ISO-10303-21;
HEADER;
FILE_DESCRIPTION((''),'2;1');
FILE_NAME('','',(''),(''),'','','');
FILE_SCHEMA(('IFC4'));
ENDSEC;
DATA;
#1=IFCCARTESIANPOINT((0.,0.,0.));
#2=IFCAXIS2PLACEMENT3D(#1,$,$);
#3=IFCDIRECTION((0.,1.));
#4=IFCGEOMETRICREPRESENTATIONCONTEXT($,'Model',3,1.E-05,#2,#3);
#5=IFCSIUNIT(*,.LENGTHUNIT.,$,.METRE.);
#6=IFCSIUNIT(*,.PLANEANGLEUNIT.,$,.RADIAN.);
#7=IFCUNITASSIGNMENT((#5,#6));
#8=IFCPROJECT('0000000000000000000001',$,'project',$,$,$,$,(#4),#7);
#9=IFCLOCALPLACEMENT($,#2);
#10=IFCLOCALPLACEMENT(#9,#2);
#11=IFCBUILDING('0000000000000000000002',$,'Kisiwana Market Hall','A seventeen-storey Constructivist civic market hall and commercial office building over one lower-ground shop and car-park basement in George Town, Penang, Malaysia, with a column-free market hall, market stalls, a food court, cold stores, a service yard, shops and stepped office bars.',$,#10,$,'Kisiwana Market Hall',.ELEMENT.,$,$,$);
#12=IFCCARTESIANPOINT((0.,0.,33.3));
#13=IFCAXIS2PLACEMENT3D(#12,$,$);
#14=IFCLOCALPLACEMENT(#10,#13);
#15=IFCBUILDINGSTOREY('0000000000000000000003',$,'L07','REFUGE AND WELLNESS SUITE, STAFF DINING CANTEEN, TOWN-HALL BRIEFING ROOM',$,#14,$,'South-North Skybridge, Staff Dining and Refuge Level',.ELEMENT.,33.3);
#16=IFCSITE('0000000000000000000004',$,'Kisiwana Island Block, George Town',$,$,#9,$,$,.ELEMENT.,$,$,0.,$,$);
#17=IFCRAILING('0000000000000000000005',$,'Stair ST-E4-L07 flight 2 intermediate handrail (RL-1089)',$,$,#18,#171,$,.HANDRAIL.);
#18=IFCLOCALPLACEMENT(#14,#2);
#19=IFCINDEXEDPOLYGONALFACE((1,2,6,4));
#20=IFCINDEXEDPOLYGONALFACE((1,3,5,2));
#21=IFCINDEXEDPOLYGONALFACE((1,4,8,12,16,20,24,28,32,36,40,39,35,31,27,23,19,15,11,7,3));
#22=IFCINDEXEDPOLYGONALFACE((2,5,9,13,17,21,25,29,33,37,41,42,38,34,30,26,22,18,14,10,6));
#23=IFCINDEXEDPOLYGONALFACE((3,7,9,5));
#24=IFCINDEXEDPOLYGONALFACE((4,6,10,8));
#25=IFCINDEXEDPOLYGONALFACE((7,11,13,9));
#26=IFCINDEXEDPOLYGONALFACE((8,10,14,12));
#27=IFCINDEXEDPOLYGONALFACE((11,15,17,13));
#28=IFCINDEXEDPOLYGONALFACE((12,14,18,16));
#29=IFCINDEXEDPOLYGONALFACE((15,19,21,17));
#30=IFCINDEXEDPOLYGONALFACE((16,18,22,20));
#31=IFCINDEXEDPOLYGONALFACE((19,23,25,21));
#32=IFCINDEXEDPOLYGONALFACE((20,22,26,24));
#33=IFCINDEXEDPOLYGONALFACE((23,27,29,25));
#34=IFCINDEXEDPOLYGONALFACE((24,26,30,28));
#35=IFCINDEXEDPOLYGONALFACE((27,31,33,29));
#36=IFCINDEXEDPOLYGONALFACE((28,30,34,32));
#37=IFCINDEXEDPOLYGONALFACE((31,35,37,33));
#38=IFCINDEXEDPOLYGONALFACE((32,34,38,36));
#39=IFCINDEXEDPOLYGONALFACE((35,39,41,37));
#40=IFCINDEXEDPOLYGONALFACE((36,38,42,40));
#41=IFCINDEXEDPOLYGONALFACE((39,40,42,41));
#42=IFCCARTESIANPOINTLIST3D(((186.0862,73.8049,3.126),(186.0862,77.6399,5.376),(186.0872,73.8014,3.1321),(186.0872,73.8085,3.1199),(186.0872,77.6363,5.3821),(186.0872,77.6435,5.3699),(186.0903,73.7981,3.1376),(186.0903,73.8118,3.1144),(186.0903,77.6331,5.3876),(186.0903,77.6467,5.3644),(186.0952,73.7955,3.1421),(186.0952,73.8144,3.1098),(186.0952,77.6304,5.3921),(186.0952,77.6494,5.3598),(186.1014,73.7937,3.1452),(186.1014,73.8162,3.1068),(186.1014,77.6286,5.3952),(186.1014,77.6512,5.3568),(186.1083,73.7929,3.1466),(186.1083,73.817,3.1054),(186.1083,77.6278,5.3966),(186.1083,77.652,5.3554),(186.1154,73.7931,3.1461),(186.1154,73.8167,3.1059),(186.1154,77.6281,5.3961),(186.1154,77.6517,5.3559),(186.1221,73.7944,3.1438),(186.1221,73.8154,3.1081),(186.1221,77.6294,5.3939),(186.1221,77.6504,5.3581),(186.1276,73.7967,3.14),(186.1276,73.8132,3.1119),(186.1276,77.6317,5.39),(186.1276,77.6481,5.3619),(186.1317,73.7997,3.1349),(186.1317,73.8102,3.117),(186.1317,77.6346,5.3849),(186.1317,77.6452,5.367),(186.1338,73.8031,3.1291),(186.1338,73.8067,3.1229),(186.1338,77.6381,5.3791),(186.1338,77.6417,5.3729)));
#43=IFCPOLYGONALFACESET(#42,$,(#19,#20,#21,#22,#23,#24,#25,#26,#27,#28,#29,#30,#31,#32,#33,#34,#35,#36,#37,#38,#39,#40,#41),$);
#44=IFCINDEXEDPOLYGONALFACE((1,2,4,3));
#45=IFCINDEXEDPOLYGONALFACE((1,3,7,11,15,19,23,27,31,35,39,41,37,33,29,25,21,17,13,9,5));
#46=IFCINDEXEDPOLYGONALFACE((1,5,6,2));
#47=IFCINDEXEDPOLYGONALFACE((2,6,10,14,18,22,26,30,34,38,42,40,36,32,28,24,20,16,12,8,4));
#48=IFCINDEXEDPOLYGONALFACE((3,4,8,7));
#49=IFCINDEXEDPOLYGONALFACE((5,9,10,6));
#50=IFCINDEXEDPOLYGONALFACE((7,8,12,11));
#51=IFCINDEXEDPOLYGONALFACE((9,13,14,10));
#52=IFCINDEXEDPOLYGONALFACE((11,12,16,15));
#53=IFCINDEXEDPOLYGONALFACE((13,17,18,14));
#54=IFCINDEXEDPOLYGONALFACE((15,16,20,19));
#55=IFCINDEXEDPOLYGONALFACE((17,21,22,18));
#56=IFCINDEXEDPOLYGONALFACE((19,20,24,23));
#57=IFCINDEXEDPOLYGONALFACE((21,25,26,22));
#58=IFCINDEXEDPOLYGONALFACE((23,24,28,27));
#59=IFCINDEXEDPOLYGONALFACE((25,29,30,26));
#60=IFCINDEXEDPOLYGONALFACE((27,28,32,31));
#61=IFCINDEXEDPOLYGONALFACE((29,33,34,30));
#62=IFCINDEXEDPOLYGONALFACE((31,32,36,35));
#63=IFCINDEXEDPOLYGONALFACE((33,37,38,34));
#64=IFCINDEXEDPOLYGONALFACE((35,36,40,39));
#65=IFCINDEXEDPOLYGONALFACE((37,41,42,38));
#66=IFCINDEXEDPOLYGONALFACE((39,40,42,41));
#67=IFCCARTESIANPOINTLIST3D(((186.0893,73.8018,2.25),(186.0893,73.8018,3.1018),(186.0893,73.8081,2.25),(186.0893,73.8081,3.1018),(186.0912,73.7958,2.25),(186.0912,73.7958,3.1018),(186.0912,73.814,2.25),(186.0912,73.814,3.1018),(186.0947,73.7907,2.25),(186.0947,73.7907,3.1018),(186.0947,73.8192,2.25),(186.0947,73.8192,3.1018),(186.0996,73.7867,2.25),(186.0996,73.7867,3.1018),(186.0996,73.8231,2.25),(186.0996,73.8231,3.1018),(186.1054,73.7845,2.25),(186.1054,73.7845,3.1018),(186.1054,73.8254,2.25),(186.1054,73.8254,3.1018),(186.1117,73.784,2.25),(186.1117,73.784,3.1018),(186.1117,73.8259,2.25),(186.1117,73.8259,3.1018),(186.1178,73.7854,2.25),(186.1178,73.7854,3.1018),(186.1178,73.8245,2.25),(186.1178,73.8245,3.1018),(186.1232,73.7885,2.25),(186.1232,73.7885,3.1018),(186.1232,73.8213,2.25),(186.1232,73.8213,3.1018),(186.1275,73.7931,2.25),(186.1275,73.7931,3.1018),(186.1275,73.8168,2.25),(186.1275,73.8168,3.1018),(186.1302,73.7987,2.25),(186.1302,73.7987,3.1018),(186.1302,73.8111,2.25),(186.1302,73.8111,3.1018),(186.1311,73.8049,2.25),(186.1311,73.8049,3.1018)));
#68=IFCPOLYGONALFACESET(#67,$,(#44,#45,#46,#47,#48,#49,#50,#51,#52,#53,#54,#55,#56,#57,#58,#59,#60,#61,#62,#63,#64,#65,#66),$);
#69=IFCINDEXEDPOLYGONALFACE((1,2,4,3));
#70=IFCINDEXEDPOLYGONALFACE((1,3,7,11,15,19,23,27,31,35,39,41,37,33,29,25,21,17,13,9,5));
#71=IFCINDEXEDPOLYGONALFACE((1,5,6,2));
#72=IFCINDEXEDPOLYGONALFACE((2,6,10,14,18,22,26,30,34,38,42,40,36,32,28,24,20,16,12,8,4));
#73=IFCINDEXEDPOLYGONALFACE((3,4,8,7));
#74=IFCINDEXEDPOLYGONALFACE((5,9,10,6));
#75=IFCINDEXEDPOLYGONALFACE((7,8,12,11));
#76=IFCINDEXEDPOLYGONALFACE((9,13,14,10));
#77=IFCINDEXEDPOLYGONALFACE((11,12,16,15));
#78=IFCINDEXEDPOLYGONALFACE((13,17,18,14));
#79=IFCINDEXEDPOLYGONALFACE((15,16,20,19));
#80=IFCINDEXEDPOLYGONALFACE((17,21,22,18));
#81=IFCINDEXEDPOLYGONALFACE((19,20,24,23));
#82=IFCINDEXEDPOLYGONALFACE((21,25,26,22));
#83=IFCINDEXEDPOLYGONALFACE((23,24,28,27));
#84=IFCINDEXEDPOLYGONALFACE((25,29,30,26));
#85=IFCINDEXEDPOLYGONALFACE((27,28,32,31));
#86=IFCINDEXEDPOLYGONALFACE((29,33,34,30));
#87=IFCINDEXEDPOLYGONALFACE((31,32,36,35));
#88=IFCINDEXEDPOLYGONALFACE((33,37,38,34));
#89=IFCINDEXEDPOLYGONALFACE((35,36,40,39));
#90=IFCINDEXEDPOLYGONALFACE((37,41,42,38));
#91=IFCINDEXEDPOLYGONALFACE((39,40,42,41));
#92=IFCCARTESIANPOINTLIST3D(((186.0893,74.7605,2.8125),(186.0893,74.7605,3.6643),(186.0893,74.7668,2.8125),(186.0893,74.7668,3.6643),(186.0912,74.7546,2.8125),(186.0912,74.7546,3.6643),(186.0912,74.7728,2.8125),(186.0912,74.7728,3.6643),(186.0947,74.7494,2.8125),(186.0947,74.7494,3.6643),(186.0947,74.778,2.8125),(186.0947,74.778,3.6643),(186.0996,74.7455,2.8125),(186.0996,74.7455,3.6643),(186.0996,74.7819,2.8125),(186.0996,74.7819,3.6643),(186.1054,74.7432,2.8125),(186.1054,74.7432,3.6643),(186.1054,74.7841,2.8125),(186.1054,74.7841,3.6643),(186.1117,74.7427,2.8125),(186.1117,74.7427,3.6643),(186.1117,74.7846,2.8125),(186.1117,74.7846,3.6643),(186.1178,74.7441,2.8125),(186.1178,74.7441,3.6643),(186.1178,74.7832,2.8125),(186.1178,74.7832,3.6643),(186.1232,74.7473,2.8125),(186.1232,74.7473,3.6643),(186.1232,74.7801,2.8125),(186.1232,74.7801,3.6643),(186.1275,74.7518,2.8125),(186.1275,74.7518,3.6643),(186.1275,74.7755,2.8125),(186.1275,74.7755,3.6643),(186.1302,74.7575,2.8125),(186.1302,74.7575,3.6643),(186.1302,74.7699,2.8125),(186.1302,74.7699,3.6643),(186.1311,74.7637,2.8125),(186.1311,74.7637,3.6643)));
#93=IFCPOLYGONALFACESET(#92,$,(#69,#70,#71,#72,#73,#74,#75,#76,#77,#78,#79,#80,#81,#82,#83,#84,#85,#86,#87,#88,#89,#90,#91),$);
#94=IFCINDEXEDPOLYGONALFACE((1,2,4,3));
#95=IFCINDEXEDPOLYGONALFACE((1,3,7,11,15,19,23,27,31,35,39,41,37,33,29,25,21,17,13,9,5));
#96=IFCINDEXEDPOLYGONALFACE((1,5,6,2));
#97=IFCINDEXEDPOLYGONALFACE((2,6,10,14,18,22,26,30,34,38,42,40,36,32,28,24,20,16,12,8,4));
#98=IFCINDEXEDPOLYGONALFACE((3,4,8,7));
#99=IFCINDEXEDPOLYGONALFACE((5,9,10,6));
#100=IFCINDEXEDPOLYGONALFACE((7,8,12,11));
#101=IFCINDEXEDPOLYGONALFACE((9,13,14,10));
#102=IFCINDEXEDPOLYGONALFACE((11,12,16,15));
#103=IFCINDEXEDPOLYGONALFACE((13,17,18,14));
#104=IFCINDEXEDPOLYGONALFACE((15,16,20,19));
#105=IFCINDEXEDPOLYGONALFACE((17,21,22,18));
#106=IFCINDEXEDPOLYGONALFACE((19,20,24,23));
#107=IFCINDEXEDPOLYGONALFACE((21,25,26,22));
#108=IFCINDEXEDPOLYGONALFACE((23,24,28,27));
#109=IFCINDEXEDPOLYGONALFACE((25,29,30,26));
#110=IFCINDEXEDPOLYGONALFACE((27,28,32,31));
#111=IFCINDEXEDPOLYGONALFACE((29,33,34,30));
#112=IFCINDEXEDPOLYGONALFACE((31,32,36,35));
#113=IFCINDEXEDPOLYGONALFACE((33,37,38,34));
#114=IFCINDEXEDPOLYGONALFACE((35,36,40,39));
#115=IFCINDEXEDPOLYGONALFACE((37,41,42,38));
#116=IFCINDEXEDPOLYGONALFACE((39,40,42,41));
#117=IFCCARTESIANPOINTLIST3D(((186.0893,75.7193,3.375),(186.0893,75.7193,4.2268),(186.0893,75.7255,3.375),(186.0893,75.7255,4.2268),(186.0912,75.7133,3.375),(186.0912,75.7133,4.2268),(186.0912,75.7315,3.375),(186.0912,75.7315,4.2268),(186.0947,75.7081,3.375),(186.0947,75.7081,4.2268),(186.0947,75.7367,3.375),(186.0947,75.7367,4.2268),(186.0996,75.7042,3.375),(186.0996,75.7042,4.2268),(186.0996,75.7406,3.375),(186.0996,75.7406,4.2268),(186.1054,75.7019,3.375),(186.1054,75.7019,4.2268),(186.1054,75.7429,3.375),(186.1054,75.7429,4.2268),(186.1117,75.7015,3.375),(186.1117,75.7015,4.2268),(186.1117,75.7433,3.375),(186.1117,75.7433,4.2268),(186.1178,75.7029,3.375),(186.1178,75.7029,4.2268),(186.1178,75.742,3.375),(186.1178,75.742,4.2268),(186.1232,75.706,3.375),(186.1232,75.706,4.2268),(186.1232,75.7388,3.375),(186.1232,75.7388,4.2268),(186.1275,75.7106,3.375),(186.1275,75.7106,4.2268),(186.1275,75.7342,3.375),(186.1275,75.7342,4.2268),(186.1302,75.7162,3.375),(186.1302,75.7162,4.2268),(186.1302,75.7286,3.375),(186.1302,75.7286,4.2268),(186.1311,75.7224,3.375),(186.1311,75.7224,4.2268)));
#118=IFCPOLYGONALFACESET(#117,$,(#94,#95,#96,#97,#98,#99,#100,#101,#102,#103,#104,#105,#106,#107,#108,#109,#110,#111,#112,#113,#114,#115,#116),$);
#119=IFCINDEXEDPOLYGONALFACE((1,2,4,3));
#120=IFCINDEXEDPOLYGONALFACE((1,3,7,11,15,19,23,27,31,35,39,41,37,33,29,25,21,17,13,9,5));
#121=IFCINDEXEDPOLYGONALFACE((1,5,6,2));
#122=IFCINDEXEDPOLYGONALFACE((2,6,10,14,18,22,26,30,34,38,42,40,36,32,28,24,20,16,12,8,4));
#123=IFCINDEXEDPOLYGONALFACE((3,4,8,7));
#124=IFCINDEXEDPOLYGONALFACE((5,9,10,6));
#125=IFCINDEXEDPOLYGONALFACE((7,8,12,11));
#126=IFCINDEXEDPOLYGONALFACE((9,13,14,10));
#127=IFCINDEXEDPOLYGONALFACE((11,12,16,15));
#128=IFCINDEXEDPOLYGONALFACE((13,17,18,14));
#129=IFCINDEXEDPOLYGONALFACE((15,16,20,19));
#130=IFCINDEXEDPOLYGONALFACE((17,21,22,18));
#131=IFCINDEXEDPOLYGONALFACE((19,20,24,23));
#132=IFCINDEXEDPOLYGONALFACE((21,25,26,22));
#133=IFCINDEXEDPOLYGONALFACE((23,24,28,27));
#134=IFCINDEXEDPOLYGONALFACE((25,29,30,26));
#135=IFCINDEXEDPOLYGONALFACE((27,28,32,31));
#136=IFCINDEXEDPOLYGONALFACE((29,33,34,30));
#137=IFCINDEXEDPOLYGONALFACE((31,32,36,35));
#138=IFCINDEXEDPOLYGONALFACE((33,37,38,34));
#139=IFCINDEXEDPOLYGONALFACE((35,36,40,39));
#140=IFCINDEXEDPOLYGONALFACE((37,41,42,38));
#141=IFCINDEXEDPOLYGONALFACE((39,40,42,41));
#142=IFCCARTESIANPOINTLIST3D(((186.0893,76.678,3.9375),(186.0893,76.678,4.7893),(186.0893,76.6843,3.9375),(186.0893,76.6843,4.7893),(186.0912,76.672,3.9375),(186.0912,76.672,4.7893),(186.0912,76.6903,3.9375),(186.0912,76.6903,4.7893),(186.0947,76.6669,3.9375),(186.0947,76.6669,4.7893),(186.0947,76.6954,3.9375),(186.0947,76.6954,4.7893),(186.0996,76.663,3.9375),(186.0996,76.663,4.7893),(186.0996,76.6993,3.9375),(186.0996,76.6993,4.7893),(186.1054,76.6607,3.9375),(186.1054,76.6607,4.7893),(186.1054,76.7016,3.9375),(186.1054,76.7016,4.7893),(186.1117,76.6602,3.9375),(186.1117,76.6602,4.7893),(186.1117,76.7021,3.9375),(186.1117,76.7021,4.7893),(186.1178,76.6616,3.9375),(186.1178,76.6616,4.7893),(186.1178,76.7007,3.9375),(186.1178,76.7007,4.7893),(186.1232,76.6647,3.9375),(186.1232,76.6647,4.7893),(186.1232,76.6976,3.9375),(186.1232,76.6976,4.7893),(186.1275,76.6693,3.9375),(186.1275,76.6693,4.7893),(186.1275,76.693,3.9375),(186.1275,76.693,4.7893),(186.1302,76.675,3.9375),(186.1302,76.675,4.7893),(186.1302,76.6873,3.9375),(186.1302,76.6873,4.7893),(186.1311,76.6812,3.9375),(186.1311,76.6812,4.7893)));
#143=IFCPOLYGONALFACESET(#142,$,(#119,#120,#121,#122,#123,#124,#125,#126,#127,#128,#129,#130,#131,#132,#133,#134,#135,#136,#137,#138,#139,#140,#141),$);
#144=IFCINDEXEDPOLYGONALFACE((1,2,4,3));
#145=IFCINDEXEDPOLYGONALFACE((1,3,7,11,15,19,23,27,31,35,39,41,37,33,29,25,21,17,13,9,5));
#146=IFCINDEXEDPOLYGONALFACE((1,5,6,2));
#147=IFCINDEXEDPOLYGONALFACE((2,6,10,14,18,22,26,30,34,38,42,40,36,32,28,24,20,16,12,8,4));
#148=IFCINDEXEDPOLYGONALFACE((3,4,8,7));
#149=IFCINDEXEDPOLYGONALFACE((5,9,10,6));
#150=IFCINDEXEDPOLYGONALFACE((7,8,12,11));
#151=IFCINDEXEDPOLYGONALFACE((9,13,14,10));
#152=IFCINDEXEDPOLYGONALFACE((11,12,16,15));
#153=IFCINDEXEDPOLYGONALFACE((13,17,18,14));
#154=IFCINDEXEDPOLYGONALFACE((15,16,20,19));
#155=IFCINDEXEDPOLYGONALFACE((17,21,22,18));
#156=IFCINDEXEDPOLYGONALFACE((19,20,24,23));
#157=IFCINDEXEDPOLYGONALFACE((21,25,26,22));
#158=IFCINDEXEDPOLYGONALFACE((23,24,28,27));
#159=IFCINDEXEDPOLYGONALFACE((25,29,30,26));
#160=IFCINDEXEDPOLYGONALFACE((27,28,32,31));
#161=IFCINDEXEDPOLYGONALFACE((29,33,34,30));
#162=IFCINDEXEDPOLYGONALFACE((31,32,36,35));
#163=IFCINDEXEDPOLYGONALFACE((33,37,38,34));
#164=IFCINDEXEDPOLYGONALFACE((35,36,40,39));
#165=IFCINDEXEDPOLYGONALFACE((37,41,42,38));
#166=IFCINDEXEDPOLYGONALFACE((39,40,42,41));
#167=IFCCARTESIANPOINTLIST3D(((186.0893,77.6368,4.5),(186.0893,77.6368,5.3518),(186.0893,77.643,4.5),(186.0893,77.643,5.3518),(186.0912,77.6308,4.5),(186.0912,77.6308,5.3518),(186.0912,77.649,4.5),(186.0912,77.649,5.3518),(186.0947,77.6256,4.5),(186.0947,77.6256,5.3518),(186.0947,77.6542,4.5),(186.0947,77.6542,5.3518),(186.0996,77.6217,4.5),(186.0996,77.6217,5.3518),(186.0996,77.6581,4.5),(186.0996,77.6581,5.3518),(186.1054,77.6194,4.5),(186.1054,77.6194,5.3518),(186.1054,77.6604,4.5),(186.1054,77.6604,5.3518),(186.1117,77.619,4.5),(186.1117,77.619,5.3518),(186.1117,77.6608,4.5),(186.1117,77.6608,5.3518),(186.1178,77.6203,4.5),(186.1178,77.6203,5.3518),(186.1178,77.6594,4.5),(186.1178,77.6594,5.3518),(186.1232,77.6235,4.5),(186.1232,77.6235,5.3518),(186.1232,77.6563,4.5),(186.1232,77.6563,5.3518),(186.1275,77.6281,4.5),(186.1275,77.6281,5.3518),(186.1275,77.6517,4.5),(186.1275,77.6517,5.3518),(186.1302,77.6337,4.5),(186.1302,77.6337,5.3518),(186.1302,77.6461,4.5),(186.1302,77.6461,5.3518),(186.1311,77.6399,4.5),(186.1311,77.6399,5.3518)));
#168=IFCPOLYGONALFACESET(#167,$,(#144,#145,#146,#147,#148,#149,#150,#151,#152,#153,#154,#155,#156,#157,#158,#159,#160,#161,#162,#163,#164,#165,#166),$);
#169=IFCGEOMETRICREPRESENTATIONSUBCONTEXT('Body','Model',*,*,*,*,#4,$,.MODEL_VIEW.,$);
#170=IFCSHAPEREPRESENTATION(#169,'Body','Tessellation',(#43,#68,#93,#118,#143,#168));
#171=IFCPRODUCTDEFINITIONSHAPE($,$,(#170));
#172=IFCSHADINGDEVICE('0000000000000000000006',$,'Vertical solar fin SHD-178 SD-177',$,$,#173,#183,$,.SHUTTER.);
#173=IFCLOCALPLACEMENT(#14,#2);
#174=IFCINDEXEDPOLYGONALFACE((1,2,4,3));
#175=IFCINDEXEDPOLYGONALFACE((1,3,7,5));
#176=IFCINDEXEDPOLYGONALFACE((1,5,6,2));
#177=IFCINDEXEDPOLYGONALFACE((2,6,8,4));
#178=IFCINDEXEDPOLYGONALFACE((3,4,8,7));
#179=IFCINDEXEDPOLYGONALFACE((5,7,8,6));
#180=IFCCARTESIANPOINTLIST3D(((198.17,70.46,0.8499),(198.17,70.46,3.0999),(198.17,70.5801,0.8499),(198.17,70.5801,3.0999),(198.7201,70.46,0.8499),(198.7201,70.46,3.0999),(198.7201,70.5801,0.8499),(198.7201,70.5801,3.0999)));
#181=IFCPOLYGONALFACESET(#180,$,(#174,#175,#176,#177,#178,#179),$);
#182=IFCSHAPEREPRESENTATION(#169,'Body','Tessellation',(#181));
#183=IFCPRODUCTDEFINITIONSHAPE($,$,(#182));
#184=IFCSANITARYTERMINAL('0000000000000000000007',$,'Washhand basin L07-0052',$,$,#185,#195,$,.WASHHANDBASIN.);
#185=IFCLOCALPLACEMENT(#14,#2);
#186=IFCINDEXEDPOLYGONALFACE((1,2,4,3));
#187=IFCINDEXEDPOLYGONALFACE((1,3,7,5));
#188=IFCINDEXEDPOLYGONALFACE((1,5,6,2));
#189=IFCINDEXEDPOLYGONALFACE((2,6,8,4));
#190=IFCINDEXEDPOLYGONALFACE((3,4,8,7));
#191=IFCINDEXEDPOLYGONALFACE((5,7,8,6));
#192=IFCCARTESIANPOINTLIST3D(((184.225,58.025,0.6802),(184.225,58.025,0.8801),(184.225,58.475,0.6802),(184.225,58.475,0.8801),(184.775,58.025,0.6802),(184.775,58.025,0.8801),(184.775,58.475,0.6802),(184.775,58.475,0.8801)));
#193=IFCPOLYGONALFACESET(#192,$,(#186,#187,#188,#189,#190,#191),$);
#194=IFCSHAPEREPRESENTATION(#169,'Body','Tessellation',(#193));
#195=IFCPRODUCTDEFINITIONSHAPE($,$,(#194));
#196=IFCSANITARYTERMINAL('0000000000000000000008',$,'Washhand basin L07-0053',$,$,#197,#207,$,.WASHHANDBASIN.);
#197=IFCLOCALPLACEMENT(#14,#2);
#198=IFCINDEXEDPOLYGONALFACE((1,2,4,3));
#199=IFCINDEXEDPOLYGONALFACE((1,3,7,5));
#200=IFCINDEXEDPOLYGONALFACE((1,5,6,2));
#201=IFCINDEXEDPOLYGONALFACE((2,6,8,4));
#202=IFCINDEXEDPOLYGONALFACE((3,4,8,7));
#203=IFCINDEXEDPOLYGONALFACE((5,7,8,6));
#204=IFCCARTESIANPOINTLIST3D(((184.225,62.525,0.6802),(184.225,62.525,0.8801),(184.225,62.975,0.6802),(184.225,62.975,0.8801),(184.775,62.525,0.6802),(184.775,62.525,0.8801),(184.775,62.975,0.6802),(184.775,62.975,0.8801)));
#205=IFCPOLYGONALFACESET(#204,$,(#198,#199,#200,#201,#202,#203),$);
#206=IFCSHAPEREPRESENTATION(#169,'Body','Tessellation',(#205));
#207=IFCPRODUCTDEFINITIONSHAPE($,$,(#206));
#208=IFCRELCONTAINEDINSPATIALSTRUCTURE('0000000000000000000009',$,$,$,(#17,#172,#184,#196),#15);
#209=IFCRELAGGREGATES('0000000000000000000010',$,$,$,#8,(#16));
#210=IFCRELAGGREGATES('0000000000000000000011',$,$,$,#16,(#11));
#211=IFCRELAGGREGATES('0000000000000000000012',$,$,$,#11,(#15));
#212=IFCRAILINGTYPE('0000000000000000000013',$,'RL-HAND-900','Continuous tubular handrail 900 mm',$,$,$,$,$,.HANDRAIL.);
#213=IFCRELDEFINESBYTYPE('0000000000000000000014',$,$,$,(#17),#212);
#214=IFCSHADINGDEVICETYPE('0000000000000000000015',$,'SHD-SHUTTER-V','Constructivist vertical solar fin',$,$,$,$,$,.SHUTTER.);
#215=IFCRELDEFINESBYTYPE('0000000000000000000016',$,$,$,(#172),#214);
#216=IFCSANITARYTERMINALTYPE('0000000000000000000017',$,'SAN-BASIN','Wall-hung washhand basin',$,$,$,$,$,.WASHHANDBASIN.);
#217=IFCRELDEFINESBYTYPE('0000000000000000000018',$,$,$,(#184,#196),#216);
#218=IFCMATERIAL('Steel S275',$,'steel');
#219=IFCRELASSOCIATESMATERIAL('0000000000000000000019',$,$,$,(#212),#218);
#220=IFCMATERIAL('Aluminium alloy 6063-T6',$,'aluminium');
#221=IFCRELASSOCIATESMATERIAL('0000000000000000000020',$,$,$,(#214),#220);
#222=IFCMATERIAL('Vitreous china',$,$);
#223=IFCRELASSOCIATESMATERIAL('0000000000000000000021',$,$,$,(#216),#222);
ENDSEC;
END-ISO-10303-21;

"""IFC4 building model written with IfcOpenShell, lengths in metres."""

from ifc_helpers import new_model, si_unit, direction, frame, origin, origin_2d, place, context, subcontext, project, spatial, rectangle, circle, extrude, material, type_object, element, save


model = new_model("IFC4")

# Units and contexts
model_context = context("Model", 3, precision=1e-05, world=origin(), true_north=direction((0.0, 1.0)))
body_context = subcontext(model_context, "Body", "Model", "MODEL_VIEW")
ifc_project = project(units=[si_unit("LENGTHUNIT", "METRE"), si_unit("PLANEANGLEUNIT", "RADIAN")], contexts=[model_context])

# Site, building, storey
site_placement = place(None, origin())
site = spatial("IfcSite", under=ifc_project, at=site_placement, Name="Kisiwana Island Block, George Town", CompositionType="ELEMENT", RefElevation=0.0)
building_placement = place(site_placement, origin())
building = spatial("IfcBuilding", under=site, at=building_placement, Name="Kisiwana Market Hall", Description="A seventeen-storey Constructivist civic market hall and commercial office building over one lower-ground shop and car-park basement in George Town, Penang, Malaysia, with a column-free market hall, market stalls, a food court, cold stores, a service yard, shops and stepped office bars.", LongName="Kisiwana Market Hall", CompositionType="ELEMENT")
storey_placement = place(building_placement, frame((0.0, 0.0, 33.3)))
storey = spatial("IfcBuildingStorey", under=building, at=storey_placement, Name="L07", Description="REFUGE AND WELLNESS SUITE, STAFF DINING CANTEEN, TOWN-HALL BRIEFING ROOM", LongName="South-North Skybridge, Staff Dining and Refuge Level", CompositionType="ELEMENT", Elevation=33.3)

# Railing
ifc_material_1 = material(Name="Steel S275", Category="steel")
railing_type_1 = type_object("IfcRailingType", Name="RL-HAND-900", Description="Continuous tubular handrail 900 mm", PredefinedType="HANDRAIL", material=ifc_material_1)
railing_1_placement = place(storey_placement, frame((186.1101, 73.8049, 2.25)))
element("IfcRailing", 1, at=railing_1_placement, inside=storey, type_object=railing_type_1, Name="Stair ST-E4-L07 flight 2 intermediate handrail (RL-1089)", PredefinedType="HANDRAIL", context=body_context, shape_type="SweptSolid", body=[
    extrude(circle(Radius=0.0239, at=origin_2d()), frame((0.0, 0.0, 0.876), z_axis=(0.0, 0.86251, 0.506041), x_axis=(-1.0, 0.0, 0.0)), (0.0, 0.0, 1.0), 4.4463),
    extrude(circle(Radius=0.021, at=origin_2d()), origin(), (0.0, 0.0, 1.0), 0.8518),
    extrude(circle(Radius=0.021, at=origin_2d()), frame((0.0, 0.9587, 0.5625)), (0.0, 0.0, 1.0), 0.8518),
    extrude(circle(Radius=0.021, at=origin_2d()), frame((0.0, 1.9175, 1.125)), (0.0, 0.0, 1.0), 0.8518),
    extrude(circle(Radius=0.021, at=origin_2d()), frame((0.0, 2.8762, 1.6875)), (0.0, 0.0, 1.0), 0.8518),
    extrude(circle(Radius=0.021, at=origin_2d()), frame((0.0, 3.835, 2.25)), (0.0, 0.0, 1.0), 0.8518),
])

# Shading device
ifc_material_2 = material(Name="Aluminium alloy 6063-T6", Category="aluminium")
shading_device_type = type_object("IfcShadingDeviceType", Name="SHD-SHUTTER-V", Description="Constructivist vertical solar fin", PredefinedType="SHUTTER", material=ifc_material_2)
shading_device_placement = place(storey_placement, frame((198.4451, 70.52, 0.8499), z_axis=(0.0, 0.0, 1.0), x_axis=(0.0, 1.0, 0.0)))
element("IfcShadingDevice", 2, at=shading_device_placement, inside=storey, type_object=shading_device_type, Name="Vertical solar fin SHD-178 SD-177", PredefinedType="SHUTTER", context=body_context, shape_type="SweptSolid", body=[
    extrude(rectangle(XDim=0.1201, YDim=0.55, at=origin_2d()), origin(), (0.0, 0.0, 1.0), 2.25),
])

# Sanitary terminals
ifc_material_3 = material(Name="Vitreous china")
sanitary_terminal_type_1 = type_object("IfcSanitaryTerminalType", Name="SAN-BASIN", Description="Wall-hung washhand basin", PredefinedType="WASHHANDBASIN", material=ifc_material_3)
for number, where, z_axis, x_axis, name in (
    (3, (184.5, 58.25, 0.6802), (0.0, 0.0, 1.0), (1.0, 0.0, 0.0), "Washhand basin L07-0052"),
    (4, (184.5, 62.75, 0.6802), (0.0, 0.0, 1.0), (1.0, 0.0, 0.0), "Washhand basin L07-0053"),
):
    element("IfcSanitaryTerminal", number, at=place(storey_placement, frame(where, z_axis=z_axis, x_axis=x_axis)), inside=storey, type_object=sanitary_terminal_type_1, Name=name, PredefinedType="WASHHANDBASIN", context=body_context, shape_type="SweptSolid", body=[
        extrude(rectangle(XDim=0.55, YDim=0.45, at=origin_2d()), origin(), (0.0, 0.0, 1.0), 0.2),
    ])

save(model, "model.ifc")
